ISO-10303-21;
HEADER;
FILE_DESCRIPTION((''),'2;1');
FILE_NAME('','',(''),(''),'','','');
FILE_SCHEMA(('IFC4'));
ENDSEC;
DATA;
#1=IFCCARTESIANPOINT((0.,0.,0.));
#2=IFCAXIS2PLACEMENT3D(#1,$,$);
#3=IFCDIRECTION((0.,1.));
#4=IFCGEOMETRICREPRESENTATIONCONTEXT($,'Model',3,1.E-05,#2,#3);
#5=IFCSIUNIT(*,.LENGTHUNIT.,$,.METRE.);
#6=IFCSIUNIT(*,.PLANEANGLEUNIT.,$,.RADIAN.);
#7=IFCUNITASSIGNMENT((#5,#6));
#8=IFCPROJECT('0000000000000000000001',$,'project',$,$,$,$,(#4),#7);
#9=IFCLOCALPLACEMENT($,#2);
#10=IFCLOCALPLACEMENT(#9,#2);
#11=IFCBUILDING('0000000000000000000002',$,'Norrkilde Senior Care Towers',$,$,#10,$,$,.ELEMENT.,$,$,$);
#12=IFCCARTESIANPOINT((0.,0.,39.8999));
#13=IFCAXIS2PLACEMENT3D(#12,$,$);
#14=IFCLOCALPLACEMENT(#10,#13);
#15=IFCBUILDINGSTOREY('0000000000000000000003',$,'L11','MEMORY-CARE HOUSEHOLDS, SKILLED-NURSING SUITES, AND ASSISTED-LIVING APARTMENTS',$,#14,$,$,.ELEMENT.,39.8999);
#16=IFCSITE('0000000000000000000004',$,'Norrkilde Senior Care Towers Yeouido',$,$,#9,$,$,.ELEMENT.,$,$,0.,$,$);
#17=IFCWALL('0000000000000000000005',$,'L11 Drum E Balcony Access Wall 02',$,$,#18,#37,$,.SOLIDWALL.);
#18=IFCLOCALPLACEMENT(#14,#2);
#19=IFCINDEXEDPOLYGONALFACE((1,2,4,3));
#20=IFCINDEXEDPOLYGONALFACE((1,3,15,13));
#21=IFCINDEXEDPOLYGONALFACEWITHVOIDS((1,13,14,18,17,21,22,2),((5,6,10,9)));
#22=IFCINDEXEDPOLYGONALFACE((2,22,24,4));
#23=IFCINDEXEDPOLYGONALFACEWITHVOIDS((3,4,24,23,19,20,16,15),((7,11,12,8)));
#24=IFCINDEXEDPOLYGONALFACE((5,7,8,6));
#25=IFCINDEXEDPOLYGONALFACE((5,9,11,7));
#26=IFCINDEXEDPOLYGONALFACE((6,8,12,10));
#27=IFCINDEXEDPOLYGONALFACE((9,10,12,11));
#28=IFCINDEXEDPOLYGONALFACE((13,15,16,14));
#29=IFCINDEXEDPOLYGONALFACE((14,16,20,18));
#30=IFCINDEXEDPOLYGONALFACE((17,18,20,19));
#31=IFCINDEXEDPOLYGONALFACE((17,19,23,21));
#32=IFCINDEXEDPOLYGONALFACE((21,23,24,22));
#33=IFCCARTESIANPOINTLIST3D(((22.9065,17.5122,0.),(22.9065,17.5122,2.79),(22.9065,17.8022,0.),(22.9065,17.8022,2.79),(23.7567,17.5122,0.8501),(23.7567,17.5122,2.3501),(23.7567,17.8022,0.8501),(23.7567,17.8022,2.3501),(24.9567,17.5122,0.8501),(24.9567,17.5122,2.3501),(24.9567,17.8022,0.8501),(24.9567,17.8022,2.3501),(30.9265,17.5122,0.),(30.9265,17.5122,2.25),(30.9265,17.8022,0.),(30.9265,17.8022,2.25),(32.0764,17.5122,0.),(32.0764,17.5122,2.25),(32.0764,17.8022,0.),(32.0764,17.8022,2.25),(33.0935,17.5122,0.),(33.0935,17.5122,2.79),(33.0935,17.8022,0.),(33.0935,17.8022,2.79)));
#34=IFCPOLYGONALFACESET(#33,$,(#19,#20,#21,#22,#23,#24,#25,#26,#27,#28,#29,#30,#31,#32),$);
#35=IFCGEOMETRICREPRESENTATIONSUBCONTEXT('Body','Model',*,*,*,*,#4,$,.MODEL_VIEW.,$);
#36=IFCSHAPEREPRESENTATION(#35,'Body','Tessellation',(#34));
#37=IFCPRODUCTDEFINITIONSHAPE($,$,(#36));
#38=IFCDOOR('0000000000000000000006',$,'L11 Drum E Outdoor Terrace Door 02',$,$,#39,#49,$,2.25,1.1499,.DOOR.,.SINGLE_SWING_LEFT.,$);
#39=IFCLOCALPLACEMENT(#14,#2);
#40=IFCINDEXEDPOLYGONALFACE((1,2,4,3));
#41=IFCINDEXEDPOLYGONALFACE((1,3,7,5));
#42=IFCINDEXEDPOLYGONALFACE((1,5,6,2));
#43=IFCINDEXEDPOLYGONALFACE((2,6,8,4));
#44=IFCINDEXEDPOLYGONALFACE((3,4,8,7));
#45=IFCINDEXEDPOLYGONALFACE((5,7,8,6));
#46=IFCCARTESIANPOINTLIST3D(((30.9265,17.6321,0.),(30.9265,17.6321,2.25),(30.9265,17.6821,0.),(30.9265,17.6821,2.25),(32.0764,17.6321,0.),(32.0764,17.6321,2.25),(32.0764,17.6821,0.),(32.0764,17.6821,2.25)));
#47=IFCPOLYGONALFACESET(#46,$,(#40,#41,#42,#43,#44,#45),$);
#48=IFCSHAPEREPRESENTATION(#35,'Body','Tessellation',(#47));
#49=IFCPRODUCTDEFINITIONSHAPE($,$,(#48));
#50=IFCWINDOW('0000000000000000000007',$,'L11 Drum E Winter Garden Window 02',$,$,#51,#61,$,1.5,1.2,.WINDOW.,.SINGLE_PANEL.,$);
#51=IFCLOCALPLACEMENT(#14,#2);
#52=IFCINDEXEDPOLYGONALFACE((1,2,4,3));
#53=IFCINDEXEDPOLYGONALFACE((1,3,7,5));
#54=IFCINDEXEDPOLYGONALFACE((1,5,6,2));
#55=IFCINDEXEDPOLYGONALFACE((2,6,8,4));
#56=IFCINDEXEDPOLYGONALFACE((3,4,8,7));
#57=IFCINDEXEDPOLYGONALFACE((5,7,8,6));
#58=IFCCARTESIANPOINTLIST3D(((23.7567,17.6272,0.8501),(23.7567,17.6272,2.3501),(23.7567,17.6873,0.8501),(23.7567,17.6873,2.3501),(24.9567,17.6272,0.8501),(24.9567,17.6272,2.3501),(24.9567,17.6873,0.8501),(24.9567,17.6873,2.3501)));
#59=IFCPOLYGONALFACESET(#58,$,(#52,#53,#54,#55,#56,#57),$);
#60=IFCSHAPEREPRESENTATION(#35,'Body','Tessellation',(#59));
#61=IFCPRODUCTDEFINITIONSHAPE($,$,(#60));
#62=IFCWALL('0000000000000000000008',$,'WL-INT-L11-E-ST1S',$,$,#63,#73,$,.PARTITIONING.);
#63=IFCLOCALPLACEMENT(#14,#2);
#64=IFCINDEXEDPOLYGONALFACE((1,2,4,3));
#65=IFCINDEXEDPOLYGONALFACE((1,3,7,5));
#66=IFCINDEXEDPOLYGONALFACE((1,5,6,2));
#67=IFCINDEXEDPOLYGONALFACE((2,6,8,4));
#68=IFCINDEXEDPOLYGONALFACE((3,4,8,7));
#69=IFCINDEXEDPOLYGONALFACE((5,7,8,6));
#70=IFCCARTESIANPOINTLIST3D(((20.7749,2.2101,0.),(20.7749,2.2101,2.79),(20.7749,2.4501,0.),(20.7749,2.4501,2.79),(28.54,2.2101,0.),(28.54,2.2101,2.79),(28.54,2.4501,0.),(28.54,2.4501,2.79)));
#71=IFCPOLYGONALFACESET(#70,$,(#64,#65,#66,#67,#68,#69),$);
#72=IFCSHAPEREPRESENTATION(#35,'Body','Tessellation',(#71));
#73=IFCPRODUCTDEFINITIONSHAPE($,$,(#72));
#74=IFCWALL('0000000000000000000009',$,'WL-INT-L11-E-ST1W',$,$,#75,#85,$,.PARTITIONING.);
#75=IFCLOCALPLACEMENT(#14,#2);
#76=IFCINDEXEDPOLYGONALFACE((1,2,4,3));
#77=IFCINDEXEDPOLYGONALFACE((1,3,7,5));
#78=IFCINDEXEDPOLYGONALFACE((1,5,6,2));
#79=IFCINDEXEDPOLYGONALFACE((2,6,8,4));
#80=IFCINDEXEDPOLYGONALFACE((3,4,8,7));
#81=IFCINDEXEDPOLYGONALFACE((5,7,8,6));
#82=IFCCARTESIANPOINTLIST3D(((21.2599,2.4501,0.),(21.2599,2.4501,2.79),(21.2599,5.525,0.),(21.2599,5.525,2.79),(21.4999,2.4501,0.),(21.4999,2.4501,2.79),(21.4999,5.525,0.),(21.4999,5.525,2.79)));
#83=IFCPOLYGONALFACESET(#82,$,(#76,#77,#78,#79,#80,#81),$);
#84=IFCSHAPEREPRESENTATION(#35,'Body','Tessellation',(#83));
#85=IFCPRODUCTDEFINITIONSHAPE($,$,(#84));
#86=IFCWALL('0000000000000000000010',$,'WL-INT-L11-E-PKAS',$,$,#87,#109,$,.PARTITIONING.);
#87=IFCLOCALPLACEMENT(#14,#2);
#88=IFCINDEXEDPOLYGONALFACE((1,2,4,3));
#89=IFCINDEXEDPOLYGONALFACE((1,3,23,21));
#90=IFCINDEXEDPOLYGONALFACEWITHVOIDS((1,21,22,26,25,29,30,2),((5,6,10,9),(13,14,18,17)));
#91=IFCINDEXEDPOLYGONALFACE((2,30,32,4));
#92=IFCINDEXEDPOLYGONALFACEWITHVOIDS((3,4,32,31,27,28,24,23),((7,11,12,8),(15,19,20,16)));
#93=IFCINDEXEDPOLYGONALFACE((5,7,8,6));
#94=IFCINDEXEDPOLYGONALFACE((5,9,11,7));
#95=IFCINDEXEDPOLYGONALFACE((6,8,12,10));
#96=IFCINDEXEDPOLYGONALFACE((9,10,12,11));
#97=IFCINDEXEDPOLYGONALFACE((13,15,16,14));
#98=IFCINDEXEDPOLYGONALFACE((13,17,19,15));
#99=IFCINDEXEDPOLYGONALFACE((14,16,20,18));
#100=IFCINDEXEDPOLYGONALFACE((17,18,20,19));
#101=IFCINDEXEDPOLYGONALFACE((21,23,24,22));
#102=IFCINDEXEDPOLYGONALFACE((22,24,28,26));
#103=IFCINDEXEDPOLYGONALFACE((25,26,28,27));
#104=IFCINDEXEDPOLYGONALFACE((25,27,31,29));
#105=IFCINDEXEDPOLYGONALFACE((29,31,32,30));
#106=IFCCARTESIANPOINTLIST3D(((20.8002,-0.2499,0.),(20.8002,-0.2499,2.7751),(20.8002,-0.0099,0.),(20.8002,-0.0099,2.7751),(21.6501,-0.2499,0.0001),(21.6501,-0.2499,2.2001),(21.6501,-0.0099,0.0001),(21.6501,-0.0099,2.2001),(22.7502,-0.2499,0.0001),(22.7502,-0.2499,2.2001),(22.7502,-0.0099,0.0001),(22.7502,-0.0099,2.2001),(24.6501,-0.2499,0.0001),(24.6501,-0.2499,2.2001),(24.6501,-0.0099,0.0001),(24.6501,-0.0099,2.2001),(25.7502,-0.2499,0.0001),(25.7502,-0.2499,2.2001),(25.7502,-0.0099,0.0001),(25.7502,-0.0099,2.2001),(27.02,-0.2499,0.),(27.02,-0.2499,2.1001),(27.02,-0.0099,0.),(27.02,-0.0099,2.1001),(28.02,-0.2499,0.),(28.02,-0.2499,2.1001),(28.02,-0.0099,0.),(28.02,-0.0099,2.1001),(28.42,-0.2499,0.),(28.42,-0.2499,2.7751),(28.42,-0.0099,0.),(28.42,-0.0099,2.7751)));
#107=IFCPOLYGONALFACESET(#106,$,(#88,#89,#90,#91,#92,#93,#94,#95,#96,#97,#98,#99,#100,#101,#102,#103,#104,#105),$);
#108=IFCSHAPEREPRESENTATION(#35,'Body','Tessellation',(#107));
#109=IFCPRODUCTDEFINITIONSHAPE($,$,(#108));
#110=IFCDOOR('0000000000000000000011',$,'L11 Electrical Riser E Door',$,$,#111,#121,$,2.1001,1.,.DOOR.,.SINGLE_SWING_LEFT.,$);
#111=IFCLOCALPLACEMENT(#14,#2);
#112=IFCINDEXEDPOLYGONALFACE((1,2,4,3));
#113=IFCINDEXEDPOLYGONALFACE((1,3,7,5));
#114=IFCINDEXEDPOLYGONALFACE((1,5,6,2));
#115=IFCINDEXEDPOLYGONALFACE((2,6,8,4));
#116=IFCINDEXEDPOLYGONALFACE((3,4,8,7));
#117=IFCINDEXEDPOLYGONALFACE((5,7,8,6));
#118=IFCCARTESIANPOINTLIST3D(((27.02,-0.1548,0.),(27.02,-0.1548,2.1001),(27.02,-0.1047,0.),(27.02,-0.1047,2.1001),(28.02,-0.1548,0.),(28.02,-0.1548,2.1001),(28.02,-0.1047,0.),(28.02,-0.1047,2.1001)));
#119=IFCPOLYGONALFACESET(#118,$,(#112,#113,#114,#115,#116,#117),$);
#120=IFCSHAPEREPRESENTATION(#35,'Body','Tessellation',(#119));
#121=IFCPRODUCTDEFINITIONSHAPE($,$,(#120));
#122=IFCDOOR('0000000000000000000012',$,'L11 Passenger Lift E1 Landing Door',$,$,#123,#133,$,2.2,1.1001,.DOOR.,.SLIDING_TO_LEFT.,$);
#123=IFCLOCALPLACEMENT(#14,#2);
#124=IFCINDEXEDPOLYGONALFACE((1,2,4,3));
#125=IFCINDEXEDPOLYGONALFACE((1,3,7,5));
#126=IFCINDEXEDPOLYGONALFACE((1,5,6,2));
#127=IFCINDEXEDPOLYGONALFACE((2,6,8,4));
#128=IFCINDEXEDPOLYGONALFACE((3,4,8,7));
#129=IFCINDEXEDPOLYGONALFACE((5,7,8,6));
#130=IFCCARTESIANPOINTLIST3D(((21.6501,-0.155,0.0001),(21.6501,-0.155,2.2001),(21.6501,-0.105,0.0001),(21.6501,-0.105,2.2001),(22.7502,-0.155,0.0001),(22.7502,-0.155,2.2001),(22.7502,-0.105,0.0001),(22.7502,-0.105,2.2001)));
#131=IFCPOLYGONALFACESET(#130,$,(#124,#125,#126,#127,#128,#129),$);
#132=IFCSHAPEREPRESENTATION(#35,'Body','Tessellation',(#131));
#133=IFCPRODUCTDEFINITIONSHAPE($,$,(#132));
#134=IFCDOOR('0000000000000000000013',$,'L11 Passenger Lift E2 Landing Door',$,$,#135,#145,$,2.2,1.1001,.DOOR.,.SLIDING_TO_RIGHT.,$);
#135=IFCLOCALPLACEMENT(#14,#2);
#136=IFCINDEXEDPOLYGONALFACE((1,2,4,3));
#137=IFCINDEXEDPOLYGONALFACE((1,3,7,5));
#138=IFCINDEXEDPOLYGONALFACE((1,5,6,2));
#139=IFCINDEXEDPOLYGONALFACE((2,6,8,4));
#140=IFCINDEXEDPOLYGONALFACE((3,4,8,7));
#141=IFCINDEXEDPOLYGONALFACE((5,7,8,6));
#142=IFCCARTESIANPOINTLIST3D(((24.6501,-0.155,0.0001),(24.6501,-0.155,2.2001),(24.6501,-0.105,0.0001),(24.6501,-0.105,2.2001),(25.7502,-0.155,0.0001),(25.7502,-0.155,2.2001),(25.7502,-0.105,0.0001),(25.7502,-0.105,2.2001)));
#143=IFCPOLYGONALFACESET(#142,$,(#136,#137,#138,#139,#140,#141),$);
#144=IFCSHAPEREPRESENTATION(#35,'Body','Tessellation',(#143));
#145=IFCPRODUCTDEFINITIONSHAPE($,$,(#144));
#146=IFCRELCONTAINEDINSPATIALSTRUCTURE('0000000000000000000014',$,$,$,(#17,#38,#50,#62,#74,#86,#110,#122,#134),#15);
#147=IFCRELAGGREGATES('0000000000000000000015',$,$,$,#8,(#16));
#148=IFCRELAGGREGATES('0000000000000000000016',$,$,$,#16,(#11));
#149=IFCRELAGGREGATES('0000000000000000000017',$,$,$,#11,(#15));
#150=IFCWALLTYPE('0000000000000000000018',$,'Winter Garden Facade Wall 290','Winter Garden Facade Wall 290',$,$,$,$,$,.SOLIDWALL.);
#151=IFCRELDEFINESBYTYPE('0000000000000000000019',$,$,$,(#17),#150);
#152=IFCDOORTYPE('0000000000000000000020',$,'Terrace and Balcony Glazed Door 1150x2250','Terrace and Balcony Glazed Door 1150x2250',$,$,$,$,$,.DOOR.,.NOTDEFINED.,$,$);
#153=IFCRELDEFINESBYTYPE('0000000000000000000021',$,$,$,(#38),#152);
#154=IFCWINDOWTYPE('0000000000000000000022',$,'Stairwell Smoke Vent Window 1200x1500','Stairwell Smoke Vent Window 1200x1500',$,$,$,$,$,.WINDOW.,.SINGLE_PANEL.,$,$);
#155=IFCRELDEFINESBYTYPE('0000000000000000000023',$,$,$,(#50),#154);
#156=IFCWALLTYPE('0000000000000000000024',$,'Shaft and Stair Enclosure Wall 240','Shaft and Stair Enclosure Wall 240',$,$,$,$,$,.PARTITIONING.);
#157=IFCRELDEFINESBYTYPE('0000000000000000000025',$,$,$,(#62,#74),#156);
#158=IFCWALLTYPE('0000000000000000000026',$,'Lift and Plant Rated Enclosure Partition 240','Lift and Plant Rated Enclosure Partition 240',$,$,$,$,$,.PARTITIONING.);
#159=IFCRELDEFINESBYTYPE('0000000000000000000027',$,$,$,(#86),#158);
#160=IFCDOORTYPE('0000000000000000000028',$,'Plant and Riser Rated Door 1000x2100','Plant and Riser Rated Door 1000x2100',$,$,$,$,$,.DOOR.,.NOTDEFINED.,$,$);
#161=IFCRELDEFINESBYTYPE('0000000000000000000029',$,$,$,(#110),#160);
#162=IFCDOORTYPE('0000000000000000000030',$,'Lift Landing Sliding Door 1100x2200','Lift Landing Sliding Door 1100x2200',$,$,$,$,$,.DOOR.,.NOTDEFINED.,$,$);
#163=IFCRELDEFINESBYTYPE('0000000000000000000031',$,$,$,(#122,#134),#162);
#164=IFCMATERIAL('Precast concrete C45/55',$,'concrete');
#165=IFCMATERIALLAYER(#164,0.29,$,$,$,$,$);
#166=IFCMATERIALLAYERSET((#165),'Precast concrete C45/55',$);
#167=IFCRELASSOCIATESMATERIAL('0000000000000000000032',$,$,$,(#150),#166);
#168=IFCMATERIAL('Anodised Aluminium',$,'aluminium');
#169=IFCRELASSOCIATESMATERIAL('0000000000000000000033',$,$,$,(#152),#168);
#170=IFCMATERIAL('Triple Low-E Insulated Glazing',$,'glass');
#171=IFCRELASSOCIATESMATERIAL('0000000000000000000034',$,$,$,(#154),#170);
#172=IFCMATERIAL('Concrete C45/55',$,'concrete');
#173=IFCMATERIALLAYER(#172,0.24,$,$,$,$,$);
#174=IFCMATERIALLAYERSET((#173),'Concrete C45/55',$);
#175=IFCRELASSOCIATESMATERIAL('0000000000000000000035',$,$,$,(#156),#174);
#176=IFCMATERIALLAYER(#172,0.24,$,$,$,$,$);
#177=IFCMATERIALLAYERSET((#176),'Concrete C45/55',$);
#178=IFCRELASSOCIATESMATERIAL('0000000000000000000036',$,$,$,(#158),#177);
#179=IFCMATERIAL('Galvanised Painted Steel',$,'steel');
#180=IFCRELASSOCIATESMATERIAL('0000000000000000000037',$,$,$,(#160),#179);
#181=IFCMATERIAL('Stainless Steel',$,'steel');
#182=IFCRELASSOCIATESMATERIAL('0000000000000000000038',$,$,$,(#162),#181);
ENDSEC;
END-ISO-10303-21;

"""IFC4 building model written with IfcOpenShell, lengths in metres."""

from ifc_helpers import new_model, si_unit, direction, frame, frame_2d, origin, place, context, subcontext, project, spatial, rectangle, extrude, source, transform, mapped, material, layer, layer_set, type_object, type_shapes, element, fill, save


model = new_model("IFC4")

# Units and contexts
model_context = context("Model", 3, precision=1e-05, world=origin(), true_north=direction((0.0, 1.0)))
body_context = subcontext(model_context, "Body", "Model", "MODEL_VIEW")
ifc_project = project(units=[si_unit("LENGTHUNIT", "METRE"), si_unit("PLANEANGLEUNIT", "RADIAN")], contexts=[model_context])

# Site, building, storey
site_placement = place(None, origin())
site = spatial("IfcSite", under=ifc_project, at=site_placement, Name="Norrkilde Senior Care Towers Yeouido", CompositionType="ELEMENT", RefElevation=0.0)
building_placement = place(site_placement, origin())
building = spatial("IfcBuilding", under=site, at=building_placement, Name="Norrkilde Senior Care Towers", CompositionType="ELEMENT")
storey_placement = place(building_placement, frame((0.0, 0.0, 39.8999)))
storey = spatial("IfcBuildingStorey", under=building, at=storey_placement, Name="L11", Description="MEMORY-CARE HOUSEHOLDS, SKILLED-NURSING SUITES, AND ASSISTED-LIVING APARTMENTS", CompositionType="ELEMENT", Elevation=39.8999)

# Shared definitions
ifc_material_1 = material(Name="Triple Low-E Insulated Glazing", Category="glass")
ifc_material_2 = material(Name="Anodised Aluminium", Category="aluminium")

# Wall, openings, door, window
ifc_material_3 = material(Name="Precast concrete C45/55", Category="concrete")
ifc_layer_1 = layer(ifc_material_3, 0.29)
ifc_layer_set_1 = layer_set([ifc_layer_1], Name="Precast concrete C45/55")
wall_type_1 = type_object("IfcWallType", Name="Winter Garden Facade Wall 290", Description="Winter Garden Facade Wall 290", PredefinedType="SOLIDWALL", material=ifc_layer_set_1)
shared_shape_1 = source(origin(), body_context, "Body", "SweptSolid", [
    extrude(rectangle(XDim=10.187, YDim=0.29, at=frame_2d((5.0935, 0.0))), origin(), (0.0, 0.0, 1.0), 2.79),
])
type_shapes(wall_type_1, [shared_shape_1])
wall_1_placement = place(storey_placement, frame((22.9065, 17.6572, 0.0), z_axis=(0.0, 0.0, 1.0), x_axis=(1.0, 0.0, 0.0)))
wall_1 = element("IfcWall", 1, at=wall_1_placement, inside=storey, type_object=wall_type_1, Name="L11 Drum E Balcony Access Wall 02", PredefinedType="SOLIDWALL", context=body_context, shape_type="MappedRepresentation", body=[
    mapped(shared_shape_1, transform((0.0, 0.0, 0.0), x_axis=(1.0, 0.0, 0.0), y_axis=(0.0, 1.0, 0.0), z_axis=(0.0, 0.0, 1.0), scale=1.0)),
])
opening_1_placement = place(wall_1_placement, frame((8.02, 0.0, 0.0)))
opening_1 = element("IfcOpeningElement", 2, at=opening_1_placement, cuts=wall_1, PredefinedType="OPENING", context=body_context, shape_type="SweptSolid", body=[
    extrude(rectangle(XDim=1.1499, YDim=2.25, at=frame_2d((0.575, 1.125))), frame((0.0, 0.155, 0.0), z_axis=(0.0, -1.0, 0.0), x_axis=(1.0, 0.0, 0.0)), (0.0, 0.0, 1.0), 0.3101),
])
opening_2_placement = place(wall_1_placement, frame((0.8501, 0.0, 0.8501)))
opening_2 = element("IfcOpeningElement", 3, at=opening_2_placement, cuts=wall_1, PredefinedType="OPENING", context=body_context, shape_type="SweptSolid", body=[
    extrude(rectangle(XDim=1.2, YDim=1.5, at=frame_2d((0.6001, 0.75))), frame((0.0, 0.155, 0.0), z_axis=(0.0, -1.0, 0.0), x_axis=(1.0, 0.0, 0.0)), (0.0, 0.0, 1.0), 0.3101),
])
door_type_1 = type_object("IfcDoorType", Name="Terrace and Balcony Glazed Door 1150x2250", Description="Terrace and Balcony Glazed Door 1150x2250", OperationType="NOTDEFINED", PredefinedType="DOOR", material=ifc_material_2)
shared_shape_2 = source(origin(), body_context, "Body", "SweptSolid", [
    extrude(rectangle(XDim=1.1499, YDim=2.25, at=frame_2d((0.575, 1.125))), frame((0.0, 0.0249, 0.0), z_axis=(0.0, -1.0, 0.0), x_axis=(1.0, 0.0, 0.0)), (0.0, 0.0, 1.0), 0.05),
])
type_shapes(door_type_1, [shared_shape_2])
door_1_placement = place(opening_1_placement, origin())
door_1 = element("IfcDoor", 4, at=door_1_placement, inside=storey, type_object=door_type_1, Name="L11 Drum E Outdoor Terrace Door 02", OperationType="SINGLE_SWING_LEFT", OverallHeight=2.25, OverallWidth=1.1499, PredefinedType="DOOR", context=body_context, shape_type="MappedRepresentation", body=[
    mapped(shared_shape_2, transform((0.0, 0.0, 0.0), x_axis=(1.0, 0.0, 0.0), y_axis=(0.0, 1.0, 0.0), z_axis=(0.0, 0.0, 1.0), scale=1.0)),
])
fill(opening_1, door_1)
window_type = type_object("IfcWindowType", Name="Stairwell Smoke Vent Window 1200x1500", Description="Stairwell Smoke Vent Window 1200x1500", PartitioningType="SINGLE_PANEL", PredefinedType="WINDOW", material=ifc_material_1)
shared_shape_3 = source(origin(), body_context, "Body", "SweptSolid", [
    extrude(rectangle(XDim=1.2, YDim=1.5, at=frame_2d((0.6001, 0.75))), frame((0.0, 0.03, 0.0), z_axis=(0.0, -1.0, 0.0), x_axis=(1.0, 0.0, 0.0)), (0.0, 0.0, 1.0), 0.0601),
])
type_shapes(window_type, [shared_shape_3])
window_placement = place(opening_2_placement, origin())
window = element("IfcWindow", 5, at=window_placement, inside=storey, type_object=window_type, Name="L11 Drum E Winter Garden Window 02", OverallHeight=1.5, OverallWidth=1.2, PartitioningType="SINGLE_PANEL", PredefinedType="WINDOW", context=body_context, shape_type="MappedRepresentation", body=[
    mapped(shared_shape_3, transform((0.0, 0.0, 0.0), x_axis=(1.0, 0.0, 0.0), y_axis=(0.0, 1.0, 0.0), z_axis=(0.0, 0.0, 1.0), scale=1.0)),
])
fill(opening_2, window)

# Walls
ifc_material_4 = material(Name="Concrete C45/55", Category="concrete")
ifc_layer_2 = layer(ifc_material_4, 0.24)
ifc_layer_set_2 = layer_set([ifc_layer_2], Name="Concrete C45/55")
wall_type_2 = type_object("IfcWallType", Name="Shaft and Stair Enclosure Wall 240", Description="Shaft and Stair Enclosure Wall 240", PredefinedType="PARTITIONING", material=ifc_layer_set_2)
shared_shape_4 = source(origin(), body_context, "Body", "SweptSolid", [
    extrude(rectangle(XDim=7.7651, YDim=0.24, at=frame_2d((3.8826, 0.0))), origin(), (0.0, 0.0, 1.0), 2.79),
])
wall_2_placement = place(storey_placement, frame((20.7749, 2.3301, 0.0), z_axis=(0.0, 0.0, 1.0), x_axis=(1.0, 0.0, 0.0)))
element("IfcWall", 6, at=wall_2_placement, inside=storey, type_object=wall_type_2, Name="WL-INT-L11-E-ST1S", PredefinedType="PARTITIONING", context=body_context, shape_type="MappedRepresentation", body=[
    mapped(shared_shape_4, transform((0.0, 0.0, 0.0), x_axis=(1.0, 0.0, 0.0), y_axis=(0.0, 1.0, 0.0), z_axis=(0.0, 0.0, 1.0), scale=1.0)),
])
shared_shape_5 = source(origin(), body_context, "Body", "SweptSolid", [
    extrude(rectangle(XDim=3.075, YDim=0.24, at=frame_2d((1.5376, 0.0))), origin(), (0.0, 0.0, 1.0), 2.79),
])
type_shapes(wall_type_2, [shared_shape_4, shared_shape_5])
wall_3_placement = place(storey_placement, frame((21.3799, 2.45, 0.0), z_axis=(0.0, 0.0, 1.0), x_axis=(0.0, 1.0, 0.0)))
element("IfcWall", 7, at=wall_3_placement, inside=storey, type_object=wall_type_2, Name="WL-INT-L11-E-ST1W", PredefinedType="PARTITIONING", context=body_context, shape_type="MappedRepresentation", body=[
    mapped(shared_shape_5, transform((0.0, 0.0, 0.0), x_axis=(1.0, 0.0, 0.0), y_axis=(0.0, 1.0, 0.0), z_axis=(0.0, 0.0, 1.0), scale=1.0)),
])

# Wall, openings, doors
ifc_layer_3 = layer(ifc_material_4, 0.24)
ifc_layer_set_3 = layer_set([ifc_layer_3], Name="Concrete C45/55")
wall_type_3 = type_object("IfcWallType", Name="Lift and Plant Rated Enclosure Partition 240", Description="Lift and Plant Rated Enclosure Partition 240", PredefinedType="PARTITIONING", material=ifc_layer_set_3)
shared_shape_6 = source(origin(), body_context, "Body", "SweptSolid", [
    extrude(rectangle(XDim=7.6199, YDim=0.24, at=frame_2d((3.8101, 0.0))), origin(), (0.0, 0.0, 1.0), 2.7751),
])
type_shapes(wall_type_3, [shared_shape_6])
wall_4_placement = place(storey_placement, frame((20.8, -0.1299, 0.0), z_axis=(0.0, 0.0, 1.0), x_axis=(1.0, 0.0, 0.0)))
wall_4 = element("IfcWall", 8, at=wall_4_placement, inside=storey, type_object=wall_type_3, Name="WL-INT-L11-E-PKAS", PredefinedType="PARTITIONING", context=body_context, shape_type="MappedRepresentation", body=[
    mapped(shared_shape_6, transform((0.0, 0.0, 0.0), x_axis=(1.0, 0.0, 0.0), y_axis=(0.0, 1.0, 0.0), z_axis=(0.0, 0.0, 1.0), scale=1.0)),
])
opening_3_placement = place(wall_4_placement, frame((6.22, 0.0, 0.0)))
opening_3 = element("IfcOpeningElement", 9, at=opening_3_placement, cuts=wall_4, PredefinedType="OPENING", context=body_context, shape_type="SweptSolid", body=[
    extrude(rectangle(XDim=1.0, YDim=2.1001, at=frame_2d((0.5, 1.05))), frame((0.0, 0.1299, 0.0), z_axis=(0.0, -1.0, 0.0), x_axis=(1.0, 0.0, 0.0)), (0.0, 0.0, 1.0), 0.26),
])
opening_4_placement = place(wall_4_placement, frame((0.8501, 0.0, 0.0)))
opening_4 = element("IfcOpeningElement", 10, at=opening_4_placement, cuts=wall_4, PredefinedType="OPENING", context=body_context, shape_type="SweptSolid", body=[
    extrude(rectangle(XDim=1.1001, YDim=2.2, at=frame_2d((0.55, 1.1001))), frame((0.0, 0.1299, 0.0), z_axis=(0.0, -1.0, 0.0), x_axis=(1.0, 0.0, 0.0)), (0.0, 0.0, 1.0), 0.26),
])
opening_5_placement = place(wall_4_placement, frame((3.8501, 0.0, 0.0)))
opening_5 = element("IfcOpeningElement", 11, at=opening_5_placement, cuts=wall_4, PredefinedType="OPENING", context=body_context, shape_type="SweptSolid", body=[
    extrude(rectangle(XDim=1.1001, YDim=2.2, at=frame_2d((0.55, 1.1001))), frame((0.0, 0.1299, 0.0), z_axis=(0.0, -1.0, 0.0), x_axis=(1.0, 0.0, 0.0)), (0.0, 0.0, 1.0), 0.26),
])
ifc_material_5 = material(Name="Galvanised Painted Steel", Category="steel")
door_type_2 = type_object("IfcDoorType", Name="Plant and Riser Rated Door 1000x2100", Description="Plant and Riser Rated Door 1000x2100", OperationType="NOTDEFINED", PredefinedType="DOOR", material=ifc_material_5)
shared_shape_7 = source(origin(), body_context, "Body", "SweptSolid", [
    extrude(rectangle(XDim=1.0, YDim=2.1001, at=frame_2d((0.5, 1.05))), frame((0.0, 0.0249, 0.0), z_axis=(0.0, -1.0, 0.0), x_axis=(1.0, 0.0, 0.0)), (0.0, 0.0, 1.0), 0.05),
])
type_shapes(door_type_2, [shared_shape_7])
door_2_placement = place(opening_3_placement, frame((1.0, 0.0, 0.0), z_axis=(0.0, 0.0, 1.0), x_axis=(-1.0, 0.0, 0.0)))
door_2 = element("IfcDoor", 12, at=door_2_placement, inside=storey, type_object=door_type_2, Name="L11 Electrical Riser E Door", OperationType="SINGLE_SWING_LEFT", OverallHeight=2.1001, OverallWidth=1.0, PredefinedType="DOOR", context=body_context, shape_type="MappedRepresentation", body=[
    mapped(shared_shape_7, transform((0.0, 0.0, 0.0), x_axis=(1.0, 0.0, 0.0), y_axis=(0.0, 1.0, 0.0), z_axis=(0.0, 0.0, 1.0), scale=1.0)),
])
fill(opening_3, door_2)
ifc_material_6 = material(Name="Stainless Steel", Category="steel")
door_type_3 = type_object("IfcDoorType", Name="Lift Landing Sliding Door 1100x2200", Description="Lift Landing Sliding Door 1100x2200", OperationType="NOTDEFINED", PredefinedType="DOOR", material=ifc_material_6)
shared_shape_8 = source(origin(), body_context, "Body", "SweptSolid", [
    extrude(rectangle(XDim=1.1001, YDim=2.2, at=frame_2d((0.55, 1.1001))), frame((0.0, 0.0249, 0.0), z_axis=(0.0, -1.0, 0.0), x_axis=(1.0, 0.0, 0.0)), (0.0, 0.0, 1.0), 0.05),
])
type_shapes(door_type_3, [shared_shape_8])
door_3_placement = place(opening_4_placement, origin())
door_3 = element("IfcDoor", 13, at=door_3_placement, inside=storey, type_object=door_type_3, Name="L11 Passenger Lift E1 Landing Door", OperationType="SLIDING_TO_LEFT", OverallHeight=2.2, OverallWidth=1.1001, PredefinedType="DOOR", context=body_context, shape_type="MappedRepresentation", body=[
    mapped(shared_shape_8, transform((0.0, 0.0, 0.0), x_axis=(1.0, 0.0, 0.0), y_axis=(0.0, 1.0, 0.0), z_axis=(0.0, 0.0, 1.0), scale=1.0)),
])
fill(opening_4, door_3)
door_4_placement = place(opening_5_placement, origin())
door_4 = element("IfcDoor", 14, at=door_4_placement, inside=storey, type_object=door_type_3, Name="L11 Passenger Lift E2 Landing Door", OperationType="SLIDING_TO_RIGHT", OverallHeight=2.2, OverallWidth=1.1001, PredefinedType="DOOR", context=body_context, shape_type="MappedRepresentation", body=[
    mapped(shared_shape_8, transform((0.0, 0.0, 0.0), x_axis=(1.0, 0.0, 0.0), y_axis=(0.0, 1.0, 0.0), z_axis=(0.0, 0.0, 1.0), scale=1.0)),
])
fill(opening_5, door_4)

save(model, "model.ifc")
